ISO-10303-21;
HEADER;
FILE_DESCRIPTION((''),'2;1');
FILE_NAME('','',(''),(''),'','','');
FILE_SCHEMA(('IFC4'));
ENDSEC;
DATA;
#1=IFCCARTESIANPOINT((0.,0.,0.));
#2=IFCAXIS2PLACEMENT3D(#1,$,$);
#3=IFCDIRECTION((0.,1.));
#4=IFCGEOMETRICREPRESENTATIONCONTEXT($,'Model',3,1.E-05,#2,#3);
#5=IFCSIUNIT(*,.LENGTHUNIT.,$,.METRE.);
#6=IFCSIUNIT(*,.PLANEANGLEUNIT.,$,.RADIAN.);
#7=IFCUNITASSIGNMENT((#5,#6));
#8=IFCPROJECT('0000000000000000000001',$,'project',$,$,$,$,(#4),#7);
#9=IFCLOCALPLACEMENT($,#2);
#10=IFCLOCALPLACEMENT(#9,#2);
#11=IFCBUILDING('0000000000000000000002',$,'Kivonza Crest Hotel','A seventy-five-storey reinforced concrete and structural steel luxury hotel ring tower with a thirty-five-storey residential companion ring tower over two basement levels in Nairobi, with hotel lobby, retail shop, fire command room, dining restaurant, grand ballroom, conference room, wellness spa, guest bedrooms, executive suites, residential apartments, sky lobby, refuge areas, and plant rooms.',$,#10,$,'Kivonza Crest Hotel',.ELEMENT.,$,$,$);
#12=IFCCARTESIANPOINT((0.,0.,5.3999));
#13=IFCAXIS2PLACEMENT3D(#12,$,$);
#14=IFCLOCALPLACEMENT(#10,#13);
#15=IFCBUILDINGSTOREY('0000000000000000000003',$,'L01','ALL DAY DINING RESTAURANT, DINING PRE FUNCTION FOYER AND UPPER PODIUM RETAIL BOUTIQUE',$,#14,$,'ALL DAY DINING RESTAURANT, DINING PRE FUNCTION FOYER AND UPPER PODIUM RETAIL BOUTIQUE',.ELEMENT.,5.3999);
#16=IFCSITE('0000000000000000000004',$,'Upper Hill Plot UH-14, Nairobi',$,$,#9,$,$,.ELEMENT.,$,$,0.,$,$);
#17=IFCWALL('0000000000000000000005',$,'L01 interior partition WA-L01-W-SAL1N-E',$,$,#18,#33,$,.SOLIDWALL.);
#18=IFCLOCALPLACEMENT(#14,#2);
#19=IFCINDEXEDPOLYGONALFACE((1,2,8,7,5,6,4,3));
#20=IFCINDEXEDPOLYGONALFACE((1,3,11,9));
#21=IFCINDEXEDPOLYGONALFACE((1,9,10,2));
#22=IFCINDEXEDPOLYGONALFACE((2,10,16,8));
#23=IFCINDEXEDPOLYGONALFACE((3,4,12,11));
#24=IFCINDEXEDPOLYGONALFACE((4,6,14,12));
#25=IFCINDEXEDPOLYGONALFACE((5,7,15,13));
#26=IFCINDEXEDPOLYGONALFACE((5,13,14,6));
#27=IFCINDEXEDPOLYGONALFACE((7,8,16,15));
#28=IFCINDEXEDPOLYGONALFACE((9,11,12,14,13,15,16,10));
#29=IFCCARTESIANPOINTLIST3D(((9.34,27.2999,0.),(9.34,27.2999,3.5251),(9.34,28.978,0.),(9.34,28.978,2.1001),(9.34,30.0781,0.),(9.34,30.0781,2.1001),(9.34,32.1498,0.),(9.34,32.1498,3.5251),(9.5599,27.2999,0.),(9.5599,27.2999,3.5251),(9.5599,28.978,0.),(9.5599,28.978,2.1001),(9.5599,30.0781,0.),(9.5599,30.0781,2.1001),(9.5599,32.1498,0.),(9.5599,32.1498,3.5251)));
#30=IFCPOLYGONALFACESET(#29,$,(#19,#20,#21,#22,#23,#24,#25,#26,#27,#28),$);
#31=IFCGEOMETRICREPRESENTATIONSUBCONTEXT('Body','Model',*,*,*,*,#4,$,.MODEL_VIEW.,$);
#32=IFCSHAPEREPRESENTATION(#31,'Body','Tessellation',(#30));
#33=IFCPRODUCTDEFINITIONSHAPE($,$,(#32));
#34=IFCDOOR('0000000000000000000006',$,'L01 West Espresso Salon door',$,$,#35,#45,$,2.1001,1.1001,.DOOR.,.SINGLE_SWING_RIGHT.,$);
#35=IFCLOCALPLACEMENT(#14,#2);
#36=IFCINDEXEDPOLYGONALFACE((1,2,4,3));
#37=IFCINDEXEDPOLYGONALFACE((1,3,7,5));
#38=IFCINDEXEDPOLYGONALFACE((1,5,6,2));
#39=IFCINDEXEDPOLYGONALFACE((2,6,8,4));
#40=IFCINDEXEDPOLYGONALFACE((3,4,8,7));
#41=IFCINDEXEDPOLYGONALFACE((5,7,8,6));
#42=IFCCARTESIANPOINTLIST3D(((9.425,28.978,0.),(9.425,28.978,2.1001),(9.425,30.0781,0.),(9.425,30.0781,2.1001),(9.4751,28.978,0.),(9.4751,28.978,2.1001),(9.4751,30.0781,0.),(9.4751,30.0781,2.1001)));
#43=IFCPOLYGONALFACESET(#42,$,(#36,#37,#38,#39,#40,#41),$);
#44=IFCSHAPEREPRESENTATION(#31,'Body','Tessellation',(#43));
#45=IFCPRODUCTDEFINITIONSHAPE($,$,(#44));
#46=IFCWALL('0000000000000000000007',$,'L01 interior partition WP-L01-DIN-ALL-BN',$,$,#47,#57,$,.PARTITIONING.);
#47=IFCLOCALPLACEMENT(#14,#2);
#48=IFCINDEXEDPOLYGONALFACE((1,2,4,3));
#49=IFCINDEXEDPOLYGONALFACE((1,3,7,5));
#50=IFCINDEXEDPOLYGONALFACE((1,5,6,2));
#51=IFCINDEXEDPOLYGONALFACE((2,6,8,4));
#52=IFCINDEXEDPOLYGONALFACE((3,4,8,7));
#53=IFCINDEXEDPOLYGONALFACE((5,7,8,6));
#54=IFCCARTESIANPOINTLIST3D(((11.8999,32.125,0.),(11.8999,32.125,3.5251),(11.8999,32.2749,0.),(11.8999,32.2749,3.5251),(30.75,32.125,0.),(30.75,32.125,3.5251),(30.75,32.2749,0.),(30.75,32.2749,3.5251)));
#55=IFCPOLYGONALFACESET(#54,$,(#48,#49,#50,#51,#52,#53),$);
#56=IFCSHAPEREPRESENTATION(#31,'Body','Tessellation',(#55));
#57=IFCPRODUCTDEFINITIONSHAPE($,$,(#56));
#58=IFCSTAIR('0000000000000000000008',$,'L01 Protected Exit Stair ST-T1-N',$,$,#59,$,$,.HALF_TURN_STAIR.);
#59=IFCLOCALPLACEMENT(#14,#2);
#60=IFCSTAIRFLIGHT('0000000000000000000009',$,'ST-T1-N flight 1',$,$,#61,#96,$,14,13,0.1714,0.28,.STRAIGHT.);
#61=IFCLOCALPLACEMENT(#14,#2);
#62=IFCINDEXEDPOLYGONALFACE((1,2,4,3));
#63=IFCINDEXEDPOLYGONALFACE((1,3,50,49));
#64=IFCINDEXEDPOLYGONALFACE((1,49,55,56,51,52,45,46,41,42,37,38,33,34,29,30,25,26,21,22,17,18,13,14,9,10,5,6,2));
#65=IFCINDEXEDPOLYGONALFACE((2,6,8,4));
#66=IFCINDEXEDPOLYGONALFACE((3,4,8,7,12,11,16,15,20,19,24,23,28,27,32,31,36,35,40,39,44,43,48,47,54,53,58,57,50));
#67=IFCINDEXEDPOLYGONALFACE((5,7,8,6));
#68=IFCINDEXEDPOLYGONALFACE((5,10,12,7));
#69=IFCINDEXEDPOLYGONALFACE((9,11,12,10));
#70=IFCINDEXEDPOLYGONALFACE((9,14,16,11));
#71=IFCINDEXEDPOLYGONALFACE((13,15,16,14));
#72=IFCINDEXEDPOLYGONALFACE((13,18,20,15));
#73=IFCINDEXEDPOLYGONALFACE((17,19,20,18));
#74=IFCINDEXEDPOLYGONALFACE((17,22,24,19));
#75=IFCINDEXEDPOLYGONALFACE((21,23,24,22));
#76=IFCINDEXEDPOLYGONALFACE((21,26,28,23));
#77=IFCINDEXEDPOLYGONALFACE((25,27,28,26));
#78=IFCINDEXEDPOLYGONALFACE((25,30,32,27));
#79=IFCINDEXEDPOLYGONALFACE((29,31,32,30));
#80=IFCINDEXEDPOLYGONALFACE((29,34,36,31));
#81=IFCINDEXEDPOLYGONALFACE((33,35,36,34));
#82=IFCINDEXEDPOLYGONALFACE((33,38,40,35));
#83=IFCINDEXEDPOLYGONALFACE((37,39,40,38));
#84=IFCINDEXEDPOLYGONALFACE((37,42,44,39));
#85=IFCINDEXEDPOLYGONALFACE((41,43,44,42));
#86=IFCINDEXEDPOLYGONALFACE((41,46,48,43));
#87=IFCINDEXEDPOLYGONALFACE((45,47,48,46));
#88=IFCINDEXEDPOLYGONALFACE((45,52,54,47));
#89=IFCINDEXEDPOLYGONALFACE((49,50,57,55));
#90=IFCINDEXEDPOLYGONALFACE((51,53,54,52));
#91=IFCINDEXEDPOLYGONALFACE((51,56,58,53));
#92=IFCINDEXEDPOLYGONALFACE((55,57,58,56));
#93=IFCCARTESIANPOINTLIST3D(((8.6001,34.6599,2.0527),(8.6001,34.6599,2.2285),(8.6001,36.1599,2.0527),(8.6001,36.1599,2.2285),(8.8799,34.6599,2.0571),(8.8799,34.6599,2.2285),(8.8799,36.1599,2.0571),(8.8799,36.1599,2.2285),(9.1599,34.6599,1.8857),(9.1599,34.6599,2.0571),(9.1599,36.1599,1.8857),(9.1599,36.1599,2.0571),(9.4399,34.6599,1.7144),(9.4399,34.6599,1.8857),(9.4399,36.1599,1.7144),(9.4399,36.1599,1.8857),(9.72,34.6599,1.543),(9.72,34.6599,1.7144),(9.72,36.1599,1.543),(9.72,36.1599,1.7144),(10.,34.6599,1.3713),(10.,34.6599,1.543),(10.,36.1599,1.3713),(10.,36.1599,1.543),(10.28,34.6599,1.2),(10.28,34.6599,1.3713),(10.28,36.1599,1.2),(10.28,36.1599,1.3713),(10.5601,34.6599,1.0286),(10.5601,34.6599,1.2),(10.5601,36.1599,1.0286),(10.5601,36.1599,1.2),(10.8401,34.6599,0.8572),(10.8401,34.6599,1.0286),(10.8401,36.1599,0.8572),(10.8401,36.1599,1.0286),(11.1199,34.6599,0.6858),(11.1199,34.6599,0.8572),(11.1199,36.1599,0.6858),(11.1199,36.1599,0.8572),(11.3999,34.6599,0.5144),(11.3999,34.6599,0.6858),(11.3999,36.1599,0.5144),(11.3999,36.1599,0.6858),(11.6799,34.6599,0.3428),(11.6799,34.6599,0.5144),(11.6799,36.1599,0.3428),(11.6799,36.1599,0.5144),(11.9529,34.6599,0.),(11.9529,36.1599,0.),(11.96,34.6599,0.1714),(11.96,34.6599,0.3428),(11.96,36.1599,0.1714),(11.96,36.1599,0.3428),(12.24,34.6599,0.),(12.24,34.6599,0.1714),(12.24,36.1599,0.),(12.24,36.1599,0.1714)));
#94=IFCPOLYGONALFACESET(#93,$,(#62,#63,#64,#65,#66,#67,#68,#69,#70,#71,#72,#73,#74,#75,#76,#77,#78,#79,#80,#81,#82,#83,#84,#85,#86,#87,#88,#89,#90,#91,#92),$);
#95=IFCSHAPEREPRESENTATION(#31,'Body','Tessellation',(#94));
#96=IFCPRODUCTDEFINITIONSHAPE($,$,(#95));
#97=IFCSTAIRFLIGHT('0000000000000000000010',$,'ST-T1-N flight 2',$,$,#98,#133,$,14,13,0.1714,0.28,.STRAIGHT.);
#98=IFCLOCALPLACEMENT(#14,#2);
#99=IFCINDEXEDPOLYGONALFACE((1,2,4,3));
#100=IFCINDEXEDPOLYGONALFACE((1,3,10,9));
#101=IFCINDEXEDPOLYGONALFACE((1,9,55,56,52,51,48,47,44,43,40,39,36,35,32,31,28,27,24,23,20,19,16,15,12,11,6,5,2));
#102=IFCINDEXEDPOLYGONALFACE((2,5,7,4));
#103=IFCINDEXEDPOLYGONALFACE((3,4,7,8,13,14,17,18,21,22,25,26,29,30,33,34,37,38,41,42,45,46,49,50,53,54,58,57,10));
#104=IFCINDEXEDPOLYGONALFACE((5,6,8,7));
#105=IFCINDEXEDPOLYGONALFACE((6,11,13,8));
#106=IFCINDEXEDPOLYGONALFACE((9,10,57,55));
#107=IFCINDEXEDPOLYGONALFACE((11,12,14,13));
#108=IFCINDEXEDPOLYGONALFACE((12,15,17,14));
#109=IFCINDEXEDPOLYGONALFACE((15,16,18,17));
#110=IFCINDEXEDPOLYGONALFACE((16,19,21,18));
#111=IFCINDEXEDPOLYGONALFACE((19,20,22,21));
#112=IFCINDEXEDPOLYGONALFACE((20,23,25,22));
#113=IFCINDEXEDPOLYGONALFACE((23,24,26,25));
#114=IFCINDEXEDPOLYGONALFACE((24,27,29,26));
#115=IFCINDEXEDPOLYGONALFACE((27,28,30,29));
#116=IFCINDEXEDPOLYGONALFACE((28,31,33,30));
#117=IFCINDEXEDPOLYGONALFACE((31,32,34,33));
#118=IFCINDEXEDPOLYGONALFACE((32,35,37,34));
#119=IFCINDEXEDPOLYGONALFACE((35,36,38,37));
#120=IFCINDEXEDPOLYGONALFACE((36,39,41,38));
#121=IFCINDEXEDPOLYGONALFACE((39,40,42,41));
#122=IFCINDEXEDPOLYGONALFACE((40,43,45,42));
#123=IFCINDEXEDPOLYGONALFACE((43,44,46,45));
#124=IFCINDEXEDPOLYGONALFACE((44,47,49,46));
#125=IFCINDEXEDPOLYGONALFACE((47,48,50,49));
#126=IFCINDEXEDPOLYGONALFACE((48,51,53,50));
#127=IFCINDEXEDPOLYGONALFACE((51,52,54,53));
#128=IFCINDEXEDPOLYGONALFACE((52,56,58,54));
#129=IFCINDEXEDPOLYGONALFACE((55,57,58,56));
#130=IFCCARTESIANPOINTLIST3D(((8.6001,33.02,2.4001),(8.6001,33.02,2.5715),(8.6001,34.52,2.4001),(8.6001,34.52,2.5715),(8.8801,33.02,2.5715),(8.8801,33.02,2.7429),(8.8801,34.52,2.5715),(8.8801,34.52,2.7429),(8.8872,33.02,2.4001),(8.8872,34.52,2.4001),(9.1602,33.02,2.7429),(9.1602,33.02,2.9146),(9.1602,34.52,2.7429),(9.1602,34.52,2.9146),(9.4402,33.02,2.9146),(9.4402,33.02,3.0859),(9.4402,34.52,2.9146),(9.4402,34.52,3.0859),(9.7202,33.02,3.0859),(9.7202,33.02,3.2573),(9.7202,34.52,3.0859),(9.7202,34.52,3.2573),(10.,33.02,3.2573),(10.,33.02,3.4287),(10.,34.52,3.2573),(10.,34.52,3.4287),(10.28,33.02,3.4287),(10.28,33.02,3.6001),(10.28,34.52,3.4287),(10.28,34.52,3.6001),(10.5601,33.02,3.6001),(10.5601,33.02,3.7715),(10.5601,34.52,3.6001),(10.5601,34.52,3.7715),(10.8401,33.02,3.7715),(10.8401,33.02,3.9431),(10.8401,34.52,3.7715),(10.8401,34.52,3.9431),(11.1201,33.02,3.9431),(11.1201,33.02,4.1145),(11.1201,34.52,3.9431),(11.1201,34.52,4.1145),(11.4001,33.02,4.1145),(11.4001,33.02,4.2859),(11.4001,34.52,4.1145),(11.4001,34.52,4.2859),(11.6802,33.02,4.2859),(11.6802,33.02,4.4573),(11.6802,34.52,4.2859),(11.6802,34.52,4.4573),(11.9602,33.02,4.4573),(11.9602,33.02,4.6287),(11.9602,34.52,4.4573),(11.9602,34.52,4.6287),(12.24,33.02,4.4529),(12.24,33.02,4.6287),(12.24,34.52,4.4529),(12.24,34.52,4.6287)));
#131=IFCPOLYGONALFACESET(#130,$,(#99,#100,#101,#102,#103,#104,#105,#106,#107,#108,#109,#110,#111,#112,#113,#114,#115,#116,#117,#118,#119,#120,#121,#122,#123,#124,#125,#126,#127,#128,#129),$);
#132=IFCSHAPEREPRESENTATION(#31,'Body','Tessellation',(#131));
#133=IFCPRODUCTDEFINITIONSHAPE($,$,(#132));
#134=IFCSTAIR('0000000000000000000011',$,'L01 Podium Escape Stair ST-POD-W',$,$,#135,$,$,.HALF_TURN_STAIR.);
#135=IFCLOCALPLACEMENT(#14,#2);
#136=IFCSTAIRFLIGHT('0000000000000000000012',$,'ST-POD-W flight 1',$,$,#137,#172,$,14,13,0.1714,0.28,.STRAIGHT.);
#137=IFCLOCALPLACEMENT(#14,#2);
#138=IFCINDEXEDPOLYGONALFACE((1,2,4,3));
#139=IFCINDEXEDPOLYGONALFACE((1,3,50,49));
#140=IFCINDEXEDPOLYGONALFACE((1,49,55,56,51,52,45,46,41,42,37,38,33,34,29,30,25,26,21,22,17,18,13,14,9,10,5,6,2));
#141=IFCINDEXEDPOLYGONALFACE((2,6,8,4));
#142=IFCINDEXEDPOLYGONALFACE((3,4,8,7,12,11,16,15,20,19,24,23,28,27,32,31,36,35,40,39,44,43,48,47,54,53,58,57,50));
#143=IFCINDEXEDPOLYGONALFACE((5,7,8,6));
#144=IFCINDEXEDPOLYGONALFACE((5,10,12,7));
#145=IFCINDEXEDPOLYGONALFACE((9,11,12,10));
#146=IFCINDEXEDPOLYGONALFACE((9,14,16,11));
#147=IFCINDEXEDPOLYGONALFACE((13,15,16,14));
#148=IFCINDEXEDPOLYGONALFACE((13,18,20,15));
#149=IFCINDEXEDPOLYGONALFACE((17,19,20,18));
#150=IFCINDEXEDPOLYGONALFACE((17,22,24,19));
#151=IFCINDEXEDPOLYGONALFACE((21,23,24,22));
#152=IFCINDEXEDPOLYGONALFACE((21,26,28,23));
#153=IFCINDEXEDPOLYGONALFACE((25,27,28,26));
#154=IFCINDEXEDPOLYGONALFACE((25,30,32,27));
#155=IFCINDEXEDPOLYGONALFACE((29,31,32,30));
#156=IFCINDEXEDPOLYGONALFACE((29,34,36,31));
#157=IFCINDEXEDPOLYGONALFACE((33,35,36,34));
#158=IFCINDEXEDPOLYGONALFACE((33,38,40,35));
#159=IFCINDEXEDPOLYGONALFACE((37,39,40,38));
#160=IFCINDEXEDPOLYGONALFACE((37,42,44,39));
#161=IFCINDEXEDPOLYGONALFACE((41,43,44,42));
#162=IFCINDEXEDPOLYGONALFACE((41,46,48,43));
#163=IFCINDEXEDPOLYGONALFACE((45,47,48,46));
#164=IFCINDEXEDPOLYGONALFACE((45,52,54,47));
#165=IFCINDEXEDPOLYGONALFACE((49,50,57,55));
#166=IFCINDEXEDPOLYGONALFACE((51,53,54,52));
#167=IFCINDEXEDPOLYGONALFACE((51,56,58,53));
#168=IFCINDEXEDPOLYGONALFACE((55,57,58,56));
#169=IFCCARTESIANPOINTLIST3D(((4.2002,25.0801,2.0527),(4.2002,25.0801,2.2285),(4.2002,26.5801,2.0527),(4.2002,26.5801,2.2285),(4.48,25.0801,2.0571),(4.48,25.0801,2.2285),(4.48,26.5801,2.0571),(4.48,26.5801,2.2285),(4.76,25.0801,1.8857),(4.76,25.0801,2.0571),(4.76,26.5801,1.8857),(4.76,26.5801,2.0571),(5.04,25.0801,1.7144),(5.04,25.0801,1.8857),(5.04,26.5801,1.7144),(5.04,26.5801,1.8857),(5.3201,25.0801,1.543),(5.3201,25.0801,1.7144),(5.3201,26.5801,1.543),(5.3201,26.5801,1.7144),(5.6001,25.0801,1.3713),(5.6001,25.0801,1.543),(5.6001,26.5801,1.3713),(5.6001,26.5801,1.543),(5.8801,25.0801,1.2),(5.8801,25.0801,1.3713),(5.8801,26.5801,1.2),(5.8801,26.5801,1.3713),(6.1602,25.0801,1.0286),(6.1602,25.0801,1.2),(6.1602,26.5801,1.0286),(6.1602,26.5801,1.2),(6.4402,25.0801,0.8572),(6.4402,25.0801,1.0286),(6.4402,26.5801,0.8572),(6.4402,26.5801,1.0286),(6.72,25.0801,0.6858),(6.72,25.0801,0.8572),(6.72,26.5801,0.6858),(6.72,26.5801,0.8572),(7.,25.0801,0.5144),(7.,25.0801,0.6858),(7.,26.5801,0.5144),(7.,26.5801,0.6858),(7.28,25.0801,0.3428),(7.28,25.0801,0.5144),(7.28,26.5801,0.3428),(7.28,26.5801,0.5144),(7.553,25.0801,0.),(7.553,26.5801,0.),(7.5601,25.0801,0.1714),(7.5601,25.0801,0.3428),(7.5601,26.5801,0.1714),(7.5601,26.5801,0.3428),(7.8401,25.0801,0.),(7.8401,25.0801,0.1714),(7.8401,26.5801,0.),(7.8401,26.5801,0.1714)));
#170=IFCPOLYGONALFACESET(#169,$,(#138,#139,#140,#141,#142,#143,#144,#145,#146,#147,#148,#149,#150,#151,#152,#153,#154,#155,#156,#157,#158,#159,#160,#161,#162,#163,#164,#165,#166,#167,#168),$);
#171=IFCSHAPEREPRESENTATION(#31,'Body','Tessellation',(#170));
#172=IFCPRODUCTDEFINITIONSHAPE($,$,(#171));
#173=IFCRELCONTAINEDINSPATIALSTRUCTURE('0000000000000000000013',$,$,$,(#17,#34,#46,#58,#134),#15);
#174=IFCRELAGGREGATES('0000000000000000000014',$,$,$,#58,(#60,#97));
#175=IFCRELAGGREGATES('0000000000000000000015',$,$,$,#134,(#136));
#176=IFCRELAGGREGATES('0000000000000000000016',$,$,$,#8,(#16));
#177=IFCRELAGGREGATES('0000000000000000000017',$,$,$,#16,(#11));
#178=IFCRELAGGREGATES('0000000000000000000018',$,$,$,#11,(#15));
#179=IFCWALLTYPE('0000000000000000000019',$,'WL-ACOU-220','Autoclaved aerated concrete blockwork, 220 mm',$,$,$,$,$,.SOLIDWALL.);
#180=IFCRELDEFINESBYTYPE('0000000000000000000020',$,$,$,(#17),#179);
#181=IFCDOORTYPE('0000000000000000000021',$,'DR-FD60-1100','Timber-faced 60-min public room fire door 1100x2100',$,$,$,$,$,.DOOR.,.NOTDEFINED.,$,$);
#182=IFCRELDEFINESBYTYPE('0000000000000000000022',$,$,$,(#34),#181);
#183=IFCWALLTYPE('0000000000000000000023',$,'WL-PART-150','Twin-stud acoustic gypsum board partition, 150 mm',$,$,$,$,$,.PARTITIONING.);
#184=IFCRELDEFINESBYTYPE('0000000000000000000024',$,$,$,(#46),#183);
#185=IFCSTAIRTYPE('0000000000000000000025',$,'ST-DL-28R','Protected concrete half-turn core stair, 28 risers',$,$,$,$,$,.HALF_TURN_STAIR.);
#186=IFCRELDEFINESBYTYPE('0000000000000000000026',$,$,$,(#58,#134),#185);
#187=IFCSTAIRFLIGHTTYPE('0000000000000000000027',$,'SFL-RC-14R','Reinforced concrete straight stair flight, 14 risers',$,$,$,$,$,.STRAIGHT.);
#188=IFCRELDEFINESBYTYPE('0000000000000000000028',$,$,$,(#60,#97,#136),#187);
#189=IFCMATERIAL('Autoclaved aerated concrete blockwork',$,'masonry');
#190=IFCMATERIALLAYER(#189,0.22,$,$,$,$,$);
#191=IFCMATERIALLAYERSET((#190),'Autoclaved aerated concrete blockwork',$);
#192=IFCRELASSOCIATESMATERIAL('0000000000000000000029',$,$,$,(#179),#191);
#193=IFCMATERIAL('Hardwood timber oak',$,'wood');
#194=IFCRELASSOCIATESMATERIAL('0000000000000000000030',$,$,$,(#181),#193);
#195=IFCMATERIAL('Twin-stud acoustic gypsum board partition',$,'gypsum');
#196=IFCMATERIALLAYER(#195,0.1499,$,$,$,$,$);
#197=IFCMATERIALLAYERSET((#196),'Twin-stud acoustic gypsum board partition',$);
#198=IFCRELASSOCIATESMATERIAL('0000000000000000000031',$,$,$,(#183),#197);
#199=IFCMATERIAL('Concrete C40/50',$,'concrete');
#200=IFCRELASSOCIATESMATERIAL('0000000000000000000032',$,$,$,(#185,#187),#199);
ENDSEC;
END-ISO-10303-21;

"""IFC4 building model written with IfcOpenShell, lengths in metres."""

from ifc_helpers import new_model, si_unit, direction, frame, frame_2d, origin, place, context, subcontext, project, spatial, polyline, rectangle, outline, extrude, material, layer, layer_set, type_object, element, fill, aggregate, save


model = new_model("IFC4")

# Units and contexts
model_context = context("Model", 3, precision=1e-05, world=origin(), true_north=direction((0.0, 1.0)))
body_context = subcontext(model_context, "Body", "Model", "MODEL_VIEW")
ifc_project = project(units=[si_unit("LENGTHUNIT", "METRE"), si_unit("PLANEANGLEUNIT", "RADIAN")], contexts=[model_context])

# Site, building, storey
site_placement = place(None, origin())
site = spatial("IfcSite", under=ifc_project, at=site_placement, Name="Upper Hill Plot UH-14, Nairobi", CompositionType="ELEMENT", RefElevation=0.0)
building_placement = place(site_placement, origin())
building = spatial("IfcBuilding", under=site, at=building_placement, Name="Kivonza Crest Hotel", Description="A seventy-five-storey reinforced concrete and structural steel luxury hotel ring tower with a thirty-five-storey residential companion ring tower over two basement levels in Nairobi, with hotel lobby, retail shop, fire command room, dining restaurant, grand ballroom, conference room, wellness spa, guest bedrooms, executive suites, residential apartments, sky lobby, refuge areas, and plant rooms.", LongName="Kivonza Crest Hotel", CompositionType="ELEMENT")
storey_placement = place(building_placement, frame((0.0, 0.0, 5.3999)))
storey = spatial("IfcBuildingStorey", under=building, at=storey_placement, Name="L01", Description="ALL DAY DINING RESTAURANT, DINING PRE FUNCTION FOYER AND UPPER PODIUM RETAIL BOUTIQUE", LongName="ALL DAY DINING RESTAURANT, DINING PRE FUNCTION FOYER AND UPPER PODIUM RETAIL BOUTIQUE", CompositionType="ELEMENT", Elevation=5.3999)

# Wall, opening, door
ifc_material_1 = material(Name="Autoclaved aerated concrete blockwork", Category="masonry")
ifc_layer_1 = layer(ifc_material_1, 0.22)
ifc_layer_set_1 = layer_set([ifc_layer_1], Name="Autoclaved aerated concrete blockwork")
wall_type_1 = type_object("IfcWallType", Name="WL-ACOU-220", Description="Autoclaved aerated concrete blockwork, 220 mm", PredefinedType="SOLIDWALL", material=ifc_layer_set_1)
ifc_material_2 = material(Name="Hardwood timber oak", Category="wood")
door_type_1 = type_object("IfcDoorType", Name="DR-FD60-1100", Description="Timber-faced 60-min public room fire door 1100x2100", OperationType="NOTDEFINED", PredefinedType="DOOR", material=ifc_material_2)
wall_1_placement = place(storey_placement, frame((9.45, 27.3, 0.0), z_axis=(0.0, 0.0, 1.0), x_axis=(0.0, 1.0, 0.0)))
wall_1 = element("IfcWall", 1, at=wall_1_placement, inside=storey, type_object=wall_type_1, Name="L01 interior partition WA-L01-W-SAL1N-E", PredefinedType="SOLIDWALL", context=body_context, shape_type="SweptSolid", body=[
    extrude(rectangle(XDim=4.8499, YDim=0.22, at=frame_2d((2.4248, 0.0))), origin(), (0.0, 0.0, 1.0), 3.5251),
])
opening_1_placement = place(wall_1_placement, frame((1.678, 0.0, 0.0)))
opening_1 = element("IfcOpeningElement", 2, at=opening_1_placement, cuts=wall_1, PredefinedType="OPENING", context=body_context, shape_type="SweptSolid", body=[
    extrude(rectangle(XDim=1.1001, YDim=2.1001, at=frame_2d((0.55, 1.05))), frame((0.0, 0.1201, 0.0), z_axis=(0.0, -1.0, 0.0), x_axis=(1.0, 0.0, 0.0)), (0.0, 0.0, 1.0), 0.24),
])
door_1_placement = place(opening_1_placement, origin())
door_1 = element("IfcDoor", 3, at=door_1_placement, inside=storey, type_object=door_type_1, Name="L01 West Espresso Salon door", OperationType="SINGLE_SWING_RIGHT", OverallHeight=2.1001, OverallWidth=1.1001, PredefinedType="DOOR", context=body_context, shape_type="SweptSolid", body=[
    extrude(rectangle(XDim=1.1001, YDim=2.1001, at=frame_2d((0.55, 1.05))), frame((0.0, 0.0249, 0.0), z_axis=(0.0, -1.0, 0.0), x_axis=(1.0, 0.0, 0.0)), (0.0, 0.0, 1.0), 0.05),
])
fill(opening_1, door_1)

# Wall
ifc_material_3 = material(Name="Twin-stud acoustic gypsum board partition", Category="gypsum")
ifc_layer_2 = layer(ifc_material_3, 0.1499)
ifc_layer_set_2 = layer_set([ifc_layer_2], Name="Twin-stud acoustic gypsum board partition")
wall_type_2 = type_object("IfcWallType", Name="WL-PART-150", Description="Twin-stud acoustic gypsum board partition, 150 mm", PredefinedType="PARTITIONING", material=ifc_layer_set_2)
wall_2_placement = place(storey_placement, frame((11.8999, 32.2, 0.0), z_axis=(0.0, 0.0, 1.0), x_axis=(1.0, 0.0, 0.0)))
element("IfcWall", 4, at=wall_2_placement, inside=storey, type_object=wall_type_2, Name="L01 interior partition WP-L01-DIN-ALL-BN", PredefinedType="PARTITIONING", context=body_context, shape_type="SweptSolid", body=[
    extrude(rectangle(XDim=18.8501, YDim=0.1499, at=frame_2d((9.425, 0.0))), origin(), (0.0, 0.0, 1.0), 3.5251),
])

# Stair, stair flights
ifc_material_4 = material(Name="Concrete C40/50", Category="concrete")
stair_type = type_object("IfcStairType", Name="ST-DL-28R", Description="Protected concrete half-turn core stair, 28 risers", PredefinedType="HALF_TURN_STAIR", material=ifc_material_4)
stair_1_placement = place(storey_placement, origin())
stair_1 = element("IfcStair", 5, at=stair_1_placement, inside=storey, type_object=stair_type, Name="L01 Protected Exit Stair ST-T1-N", PredefinedType="HALF_TURN_STAIR")
stair_flight_type = type_object("IfcStairFlightType", Name="SFL-RC-14R", Description="Reinforced concrete straight stair flight, 14 risers", PredefinedType="STRAIGHT", material=ifc_material_4)
stair_flight_1_placement = place(storey_placement, frame((12.24, 35.4099, 0.0), z_axis=(0.0, 0.0, 1.0), x_axis=(-1.0, 0.0, 0.0)))
stair_flight_1 = element("IfcStairFlight", 6, at=stair_flight_1_placement, type_object=stair_flight_type, Name="ST-T1-N flight 1", NumberOfRisers=14, NumberOfTreads=13, PredefinedType="STRAIGHT", RiserHeight=0.1714, TreadLength=0.28, context=body_context, shape_type="SweptSolid", body=[
    extrude(outline(polyline([(0.0, 0.0), (0.0, 0.1714), (0.28, 0.1714), (0.28, 0.3428), (0.5601, 0.3428), (0.5601, 0.5144), (0.8401, 0.5144), (0.8401, 0.6858), (1.1201, 0.6858), (1.1201, 0.8572), (1.3999, 0.8572), (1.3999, 1.0286), (1.6799, 1.0286), (1.6799, 1.2), (1.96, 1.2), (1.96, 1.3713), (2.24, 1.3713), (2.24, 1.543), (2.52, 1.543), (2.52, 1.7144), (2.8, 1.7144), (2.8, 1.8857), (3.0801, 1.8857), (3.0801, 2.0571), (3.3601, 2.0571), (3.3601, 2.2285), (3.6399, 2.2285), (3.6399, 2.3999), (3.6399, 2.0527), (0.2871, 0.0), (0.0, 0.0)])), frame((0.0, 0.75, 0.0), z_axis=(0.0, -1.0, 0.0), x_axis=(1.0, 0.0, 0.0)), (0.0, 0.0, 1.0), 1.5),
])
stair_flight_2_placement = place(storey_placement, frame((8.6001, 33.77, 2.4001), z_axis=(0.0, 0.0, 1.0), x_axis=(1.0, 0.0, 0.0)))
stair_flight_2 = element("IfcStairFlight", 7, at=stair_flight_2_placement, type_object=stair_flight_type, Name="ST-T1-N flight 2", NumberOfRisers=14, NumberOfTreads=13, PredefinedType="STRAIGHT", RiserHeight=0.1714, TreadLength=0.28, context=body_context, shape_type="SweptSolid", body=[
    extrude(outline(polyline([(0.0, 0.0), (0.0, 0.1714), (0.28, 0.1714), (0.28, 0.3428), (0.5601, 0.3428), (0.5601, 0.5144), (0.8401, 0.5144), (0.8401, 0.6858), (1.1201, 0.6858), (1.1201, 0.8572), (1.3999, 0.8572), (1.3999, 1.0286), (1.6799, 1.0286), (1.6799, 1.2), (1.96, 1.2), (1.96, 1.3713), (2.24, 1.3713), (2.24, 1.543), (2.52, 1.543), (2.52, 1.7144), (2.8, 1.7144), (2.8, 1.8857), (3.0801, 1.8857), (3.0801, 2.0571), (3.3601, 2.0571), (3.3601, 2.2285), (3.6399, 2.2285), (3.6399, 2.3999), (3.6399, 2.0527), (0.2871, 0.0), (0.0, 0.0)])), frame((0.0, 0.75, 0.0), z_axis=(0.0, -1.0, 0.0), x_axis=(1.0, 0.0, 0.0)), (0.0, 0.0, 1.0), 1.5),
])
aggregate(stair_1, [stair_flight_1, stair_flight_2])

# Stair, stair flight
stair_2_placement = place(storey_placement, origin())
stair_2 = element("IfcStair", 8, at=stair_2_placement, inside=storey, type_object=stair_type, Name="L01 Podium Escape Stair ST-POD-W", PredefinedType="HALF_TURN_STAIR")
stair_flight_3_placement = place(storey_placement, frame((7.8401, 25.8301, 0.0), z_axis=(0.0, 0.0, 1.0), x_axis=(-1.0, 0.0, 0.0)))
stair_flight_3 = element("IfcStairFlight", 9, at=stair_flight_3_placement, type_object=stair_flight_type, Name="ST-POD-W flight 1", NumberOfRisers=14, NumberOfTreads=13, PredefinedType="STRAIGHT", RiserHeight=0.1714, TreadLength=0.28, context=body_context, shape_type="SweptSolid", body=[
    extrude(outline(polyline([(0.0, 0.0), (0.0, 0.1714), (0.28, 0.1714), (0.28, 0.3428), (0.5601, 0.3428), (0.5601, 0.5144), (0.8401, 0.5144), (0.8401, 0.6858), (1.1201, 0.6858), (1.1201, 0.8572), (1.3999, 0.8572), (1.3999, 1.0286), (1.6799, 1.0286), (1.6799, 1.2), (1.96, 1.2), (1.96, 1.3713), (2.24, 1.3713), (2.24, 1.543), (2.52, 1.543), (2.52, 1.7144), (2.8, 1.7144), (2.8, 1.8857), (3.0801, 1.8857), (3.0801, 2.0571), (3.3601, 2.0571), (3.3601, 2.2285), (3.6399, 2.2285), (3.6399, 2.3999), (3.6399, 2.0527), (0.2871, 0.0), (0.0, 0.0)])), frame((0.0, 0.75, 0.0), z_axis=(0.0, -1.0, 0.0), x_axis=(1.0, 0.0, 0.0)), (0.0, 0.0, 1.0), 1.5),
])
aggregate(stair_2, [stair_flight_3])

save(model, "model.ifc")
